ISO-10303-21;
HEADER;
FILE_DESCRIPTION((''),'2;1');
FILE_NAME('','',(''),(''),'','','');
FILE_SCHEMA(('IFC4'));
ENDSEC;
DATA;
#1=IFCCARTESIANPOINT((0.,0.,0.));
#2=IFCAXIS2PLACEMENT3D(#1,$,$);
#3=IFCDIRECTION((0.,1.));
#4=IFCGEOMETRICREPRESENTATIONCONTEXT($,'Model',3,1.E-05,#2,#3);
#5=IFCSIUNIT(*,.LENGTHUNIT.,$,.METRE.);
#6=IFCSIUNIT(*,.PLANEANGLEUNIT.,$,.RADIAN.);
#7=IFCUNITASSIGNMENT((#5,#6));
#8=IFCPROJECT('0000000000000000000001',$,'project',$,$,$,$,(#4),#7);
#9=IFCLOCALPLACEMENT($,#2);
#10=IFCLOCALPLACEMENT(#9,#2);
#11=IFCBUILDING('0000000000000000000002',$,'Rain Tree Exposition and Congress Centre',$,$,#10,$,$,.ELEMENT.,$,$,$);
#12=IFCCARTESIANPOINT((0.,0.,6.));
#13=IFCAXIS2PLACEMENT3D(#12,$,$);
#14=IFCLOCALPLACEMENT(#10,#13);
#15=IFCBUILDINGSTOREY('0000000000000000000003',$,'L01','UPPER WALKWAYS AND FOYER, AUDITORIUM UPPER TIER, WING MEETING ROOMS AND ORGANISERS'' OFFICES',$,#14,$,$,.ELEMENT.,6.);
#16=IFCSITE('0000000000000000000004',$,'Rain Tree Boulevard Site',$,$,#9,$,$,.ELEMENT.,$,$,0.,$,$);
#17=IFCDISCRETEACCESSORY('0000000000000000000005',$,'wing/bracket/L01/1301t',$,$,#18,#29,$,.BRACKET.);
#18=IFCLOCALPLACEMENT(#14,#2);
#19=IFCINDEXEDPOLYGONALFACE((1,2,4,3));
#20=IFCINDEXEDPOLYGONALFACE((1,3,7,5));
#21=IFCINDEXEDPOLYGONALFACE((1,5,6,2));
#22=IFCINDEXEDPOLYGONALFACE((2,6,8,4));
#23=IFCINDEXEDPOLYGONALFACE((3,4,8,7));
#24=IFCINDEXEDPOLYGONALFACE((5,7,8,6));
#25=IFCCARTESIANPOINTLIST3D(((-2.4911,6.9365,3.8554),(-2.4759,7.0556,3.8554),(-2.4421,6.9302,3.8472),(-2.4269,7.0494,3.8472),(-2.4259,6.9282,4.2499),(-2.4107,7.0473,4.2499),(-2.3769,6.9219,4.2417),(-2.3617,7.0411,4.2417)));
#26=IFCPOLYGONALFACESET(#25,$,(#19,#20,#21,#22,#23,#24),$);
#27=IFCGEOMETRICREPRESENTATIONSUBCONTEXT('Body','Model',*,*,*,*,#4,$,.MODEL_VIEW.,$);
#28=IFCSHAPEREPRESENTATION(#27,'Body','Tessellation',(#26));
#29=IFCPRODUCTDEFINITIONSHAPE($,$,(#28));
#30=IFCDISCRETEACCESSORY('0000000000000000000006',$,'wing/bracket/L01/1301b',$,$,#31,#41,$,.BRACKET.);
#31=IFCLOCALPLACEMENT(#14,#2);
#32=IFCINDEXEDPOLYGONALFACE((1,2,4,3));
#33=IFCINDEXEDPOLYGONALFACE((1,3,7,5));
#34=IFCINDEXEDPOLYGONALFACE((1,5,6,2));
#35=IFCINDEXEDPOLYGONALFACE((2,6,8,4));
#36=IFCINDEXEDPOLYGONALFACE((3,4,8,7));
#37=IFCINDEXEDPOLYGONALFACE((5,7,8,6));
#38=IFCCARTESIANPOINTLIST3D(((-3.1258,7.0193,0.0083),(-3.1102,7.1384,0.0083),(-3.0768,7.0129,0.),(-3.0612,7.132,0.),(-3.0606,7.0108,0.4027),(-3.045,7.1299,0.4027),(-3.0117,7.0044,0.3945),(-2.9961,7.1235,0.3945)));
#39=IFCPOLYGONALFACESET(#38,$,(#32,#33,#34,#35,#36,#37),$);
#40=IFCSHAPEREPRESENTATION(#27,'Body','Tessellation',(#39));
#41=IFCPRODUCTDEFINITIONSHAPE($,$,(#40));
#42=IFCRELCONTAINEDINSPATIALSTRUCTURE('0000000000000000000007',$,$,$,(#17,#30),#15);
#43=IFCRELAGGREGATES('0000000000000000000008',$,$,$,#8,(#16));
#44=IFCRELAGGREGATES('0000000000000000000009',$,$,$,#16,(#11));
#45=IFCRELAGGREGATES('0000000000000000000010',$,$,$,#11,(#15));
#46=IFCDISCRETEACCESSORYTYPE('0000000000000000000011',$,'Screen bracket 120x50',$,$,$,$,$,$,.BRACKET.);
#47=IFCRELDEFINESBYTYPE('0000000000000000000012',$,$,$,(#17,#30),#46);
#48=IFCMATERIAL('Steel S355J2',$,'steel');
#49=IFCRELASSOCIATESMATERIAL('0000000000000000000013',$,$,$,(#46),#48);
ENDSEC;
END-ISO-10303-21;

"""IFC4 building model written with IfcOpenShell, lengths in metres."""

from ifc_helpers import new_model, si_unit, direction, frame, origin, origin_2d, place, context, subcontext, project, spatial, rectangle, extrude, material, material_profile, profile_set, type_object, element, save


model = new_model("IFC4")

# Units and contexts
model_context = context("Model", 3, precision=1e-05, world=origin(), true_north=direction((0.0, 1.0)))
body_context = subcontext(model_context, "Body", "Model", "MODEL_VIEW")
ifc_project = project(units=[si_unit("LENGTHUNIT", "METRE"), si_unit("PLANEANGLEUNIT", "RADIAN")], contexts=[model_context])

# Site, building, storey
site_placement = place(None, origin())
site = spatial("IfcSite", under=ifc_project, at=site_placement, Name="Rain Tree Boulevard Site", CompositionType="ELEMENT", RefElevation=0.0)
building_placement = place(site_placement, origin())
building = spatial("IfcBuilding", under=site, at=building_placement, Name="Rain Tree Exposition and Congress Centre", CompositionType="ELEMENT")
storey_placement = place(building_placement, frame((0.0, 0.0, 6.0)))
storey = spatial("IfcBuildingStorey", under=building, at=storey_placement, Name="L01", Description="UPPER WALKWAYS AND FOYER, AUDITORIUM UPPER TIER, WING MEETING ROOMS AND ORGANISERS' OFFICES", CompositionType="ELEMENT", Elevation=6.0)

# Discrete accessories
ifc_material_1 = material(Name="Steel S355J2", Category="steel")
ifc_material_profile_1 = material_profile(ifc_material_1, rectangle(XDim=0.1201, YDim=0.05, at=origin_2d()), Name="Flat bar 120x50")
ifc_profile_set_1 = profile_set([ifc_material_profile_1], Name="Steel S355J2")
discrete_accessory_type = type_object("IfcDiscreteAccessoryType", Name="Screen bracket 120x50", PredefinedType="BRACKET", material=ifc_profile_set_1)
for number, where, z_axis, x_axis, name in (
    (1, (-2.459, 6.9929, 3.8513), (0.162978, -0.020754, 0.986411), (0.126321, 0.991989, 0.0), "wing/bracket/L01/1301t"),
    (2, (-3.0935, 7.0757, 0.0042), (0.162976, -0.021364, 0.986399), (0.129974, 0.991517, 0.0), "wing/bracket/L01/1301b"),
):
    element("IfcDiscreteAccessory", number, at=place(storey_placement, frame(where, z_axis=z_axis, x_axis=x_axis)), inside=storey, type_object=discrete_accessory_type, Name=name, PredefinedType="BRACKET", context=body_context, shape_type="SweptSolid", body=[
        extrude(rectangle(XDim=0.1201, YDim=0.05, at=origin_2d()), origin(), (0.0, 0.0, 1.0), 0.3999),
    ])

save(model, "model.ifc")
